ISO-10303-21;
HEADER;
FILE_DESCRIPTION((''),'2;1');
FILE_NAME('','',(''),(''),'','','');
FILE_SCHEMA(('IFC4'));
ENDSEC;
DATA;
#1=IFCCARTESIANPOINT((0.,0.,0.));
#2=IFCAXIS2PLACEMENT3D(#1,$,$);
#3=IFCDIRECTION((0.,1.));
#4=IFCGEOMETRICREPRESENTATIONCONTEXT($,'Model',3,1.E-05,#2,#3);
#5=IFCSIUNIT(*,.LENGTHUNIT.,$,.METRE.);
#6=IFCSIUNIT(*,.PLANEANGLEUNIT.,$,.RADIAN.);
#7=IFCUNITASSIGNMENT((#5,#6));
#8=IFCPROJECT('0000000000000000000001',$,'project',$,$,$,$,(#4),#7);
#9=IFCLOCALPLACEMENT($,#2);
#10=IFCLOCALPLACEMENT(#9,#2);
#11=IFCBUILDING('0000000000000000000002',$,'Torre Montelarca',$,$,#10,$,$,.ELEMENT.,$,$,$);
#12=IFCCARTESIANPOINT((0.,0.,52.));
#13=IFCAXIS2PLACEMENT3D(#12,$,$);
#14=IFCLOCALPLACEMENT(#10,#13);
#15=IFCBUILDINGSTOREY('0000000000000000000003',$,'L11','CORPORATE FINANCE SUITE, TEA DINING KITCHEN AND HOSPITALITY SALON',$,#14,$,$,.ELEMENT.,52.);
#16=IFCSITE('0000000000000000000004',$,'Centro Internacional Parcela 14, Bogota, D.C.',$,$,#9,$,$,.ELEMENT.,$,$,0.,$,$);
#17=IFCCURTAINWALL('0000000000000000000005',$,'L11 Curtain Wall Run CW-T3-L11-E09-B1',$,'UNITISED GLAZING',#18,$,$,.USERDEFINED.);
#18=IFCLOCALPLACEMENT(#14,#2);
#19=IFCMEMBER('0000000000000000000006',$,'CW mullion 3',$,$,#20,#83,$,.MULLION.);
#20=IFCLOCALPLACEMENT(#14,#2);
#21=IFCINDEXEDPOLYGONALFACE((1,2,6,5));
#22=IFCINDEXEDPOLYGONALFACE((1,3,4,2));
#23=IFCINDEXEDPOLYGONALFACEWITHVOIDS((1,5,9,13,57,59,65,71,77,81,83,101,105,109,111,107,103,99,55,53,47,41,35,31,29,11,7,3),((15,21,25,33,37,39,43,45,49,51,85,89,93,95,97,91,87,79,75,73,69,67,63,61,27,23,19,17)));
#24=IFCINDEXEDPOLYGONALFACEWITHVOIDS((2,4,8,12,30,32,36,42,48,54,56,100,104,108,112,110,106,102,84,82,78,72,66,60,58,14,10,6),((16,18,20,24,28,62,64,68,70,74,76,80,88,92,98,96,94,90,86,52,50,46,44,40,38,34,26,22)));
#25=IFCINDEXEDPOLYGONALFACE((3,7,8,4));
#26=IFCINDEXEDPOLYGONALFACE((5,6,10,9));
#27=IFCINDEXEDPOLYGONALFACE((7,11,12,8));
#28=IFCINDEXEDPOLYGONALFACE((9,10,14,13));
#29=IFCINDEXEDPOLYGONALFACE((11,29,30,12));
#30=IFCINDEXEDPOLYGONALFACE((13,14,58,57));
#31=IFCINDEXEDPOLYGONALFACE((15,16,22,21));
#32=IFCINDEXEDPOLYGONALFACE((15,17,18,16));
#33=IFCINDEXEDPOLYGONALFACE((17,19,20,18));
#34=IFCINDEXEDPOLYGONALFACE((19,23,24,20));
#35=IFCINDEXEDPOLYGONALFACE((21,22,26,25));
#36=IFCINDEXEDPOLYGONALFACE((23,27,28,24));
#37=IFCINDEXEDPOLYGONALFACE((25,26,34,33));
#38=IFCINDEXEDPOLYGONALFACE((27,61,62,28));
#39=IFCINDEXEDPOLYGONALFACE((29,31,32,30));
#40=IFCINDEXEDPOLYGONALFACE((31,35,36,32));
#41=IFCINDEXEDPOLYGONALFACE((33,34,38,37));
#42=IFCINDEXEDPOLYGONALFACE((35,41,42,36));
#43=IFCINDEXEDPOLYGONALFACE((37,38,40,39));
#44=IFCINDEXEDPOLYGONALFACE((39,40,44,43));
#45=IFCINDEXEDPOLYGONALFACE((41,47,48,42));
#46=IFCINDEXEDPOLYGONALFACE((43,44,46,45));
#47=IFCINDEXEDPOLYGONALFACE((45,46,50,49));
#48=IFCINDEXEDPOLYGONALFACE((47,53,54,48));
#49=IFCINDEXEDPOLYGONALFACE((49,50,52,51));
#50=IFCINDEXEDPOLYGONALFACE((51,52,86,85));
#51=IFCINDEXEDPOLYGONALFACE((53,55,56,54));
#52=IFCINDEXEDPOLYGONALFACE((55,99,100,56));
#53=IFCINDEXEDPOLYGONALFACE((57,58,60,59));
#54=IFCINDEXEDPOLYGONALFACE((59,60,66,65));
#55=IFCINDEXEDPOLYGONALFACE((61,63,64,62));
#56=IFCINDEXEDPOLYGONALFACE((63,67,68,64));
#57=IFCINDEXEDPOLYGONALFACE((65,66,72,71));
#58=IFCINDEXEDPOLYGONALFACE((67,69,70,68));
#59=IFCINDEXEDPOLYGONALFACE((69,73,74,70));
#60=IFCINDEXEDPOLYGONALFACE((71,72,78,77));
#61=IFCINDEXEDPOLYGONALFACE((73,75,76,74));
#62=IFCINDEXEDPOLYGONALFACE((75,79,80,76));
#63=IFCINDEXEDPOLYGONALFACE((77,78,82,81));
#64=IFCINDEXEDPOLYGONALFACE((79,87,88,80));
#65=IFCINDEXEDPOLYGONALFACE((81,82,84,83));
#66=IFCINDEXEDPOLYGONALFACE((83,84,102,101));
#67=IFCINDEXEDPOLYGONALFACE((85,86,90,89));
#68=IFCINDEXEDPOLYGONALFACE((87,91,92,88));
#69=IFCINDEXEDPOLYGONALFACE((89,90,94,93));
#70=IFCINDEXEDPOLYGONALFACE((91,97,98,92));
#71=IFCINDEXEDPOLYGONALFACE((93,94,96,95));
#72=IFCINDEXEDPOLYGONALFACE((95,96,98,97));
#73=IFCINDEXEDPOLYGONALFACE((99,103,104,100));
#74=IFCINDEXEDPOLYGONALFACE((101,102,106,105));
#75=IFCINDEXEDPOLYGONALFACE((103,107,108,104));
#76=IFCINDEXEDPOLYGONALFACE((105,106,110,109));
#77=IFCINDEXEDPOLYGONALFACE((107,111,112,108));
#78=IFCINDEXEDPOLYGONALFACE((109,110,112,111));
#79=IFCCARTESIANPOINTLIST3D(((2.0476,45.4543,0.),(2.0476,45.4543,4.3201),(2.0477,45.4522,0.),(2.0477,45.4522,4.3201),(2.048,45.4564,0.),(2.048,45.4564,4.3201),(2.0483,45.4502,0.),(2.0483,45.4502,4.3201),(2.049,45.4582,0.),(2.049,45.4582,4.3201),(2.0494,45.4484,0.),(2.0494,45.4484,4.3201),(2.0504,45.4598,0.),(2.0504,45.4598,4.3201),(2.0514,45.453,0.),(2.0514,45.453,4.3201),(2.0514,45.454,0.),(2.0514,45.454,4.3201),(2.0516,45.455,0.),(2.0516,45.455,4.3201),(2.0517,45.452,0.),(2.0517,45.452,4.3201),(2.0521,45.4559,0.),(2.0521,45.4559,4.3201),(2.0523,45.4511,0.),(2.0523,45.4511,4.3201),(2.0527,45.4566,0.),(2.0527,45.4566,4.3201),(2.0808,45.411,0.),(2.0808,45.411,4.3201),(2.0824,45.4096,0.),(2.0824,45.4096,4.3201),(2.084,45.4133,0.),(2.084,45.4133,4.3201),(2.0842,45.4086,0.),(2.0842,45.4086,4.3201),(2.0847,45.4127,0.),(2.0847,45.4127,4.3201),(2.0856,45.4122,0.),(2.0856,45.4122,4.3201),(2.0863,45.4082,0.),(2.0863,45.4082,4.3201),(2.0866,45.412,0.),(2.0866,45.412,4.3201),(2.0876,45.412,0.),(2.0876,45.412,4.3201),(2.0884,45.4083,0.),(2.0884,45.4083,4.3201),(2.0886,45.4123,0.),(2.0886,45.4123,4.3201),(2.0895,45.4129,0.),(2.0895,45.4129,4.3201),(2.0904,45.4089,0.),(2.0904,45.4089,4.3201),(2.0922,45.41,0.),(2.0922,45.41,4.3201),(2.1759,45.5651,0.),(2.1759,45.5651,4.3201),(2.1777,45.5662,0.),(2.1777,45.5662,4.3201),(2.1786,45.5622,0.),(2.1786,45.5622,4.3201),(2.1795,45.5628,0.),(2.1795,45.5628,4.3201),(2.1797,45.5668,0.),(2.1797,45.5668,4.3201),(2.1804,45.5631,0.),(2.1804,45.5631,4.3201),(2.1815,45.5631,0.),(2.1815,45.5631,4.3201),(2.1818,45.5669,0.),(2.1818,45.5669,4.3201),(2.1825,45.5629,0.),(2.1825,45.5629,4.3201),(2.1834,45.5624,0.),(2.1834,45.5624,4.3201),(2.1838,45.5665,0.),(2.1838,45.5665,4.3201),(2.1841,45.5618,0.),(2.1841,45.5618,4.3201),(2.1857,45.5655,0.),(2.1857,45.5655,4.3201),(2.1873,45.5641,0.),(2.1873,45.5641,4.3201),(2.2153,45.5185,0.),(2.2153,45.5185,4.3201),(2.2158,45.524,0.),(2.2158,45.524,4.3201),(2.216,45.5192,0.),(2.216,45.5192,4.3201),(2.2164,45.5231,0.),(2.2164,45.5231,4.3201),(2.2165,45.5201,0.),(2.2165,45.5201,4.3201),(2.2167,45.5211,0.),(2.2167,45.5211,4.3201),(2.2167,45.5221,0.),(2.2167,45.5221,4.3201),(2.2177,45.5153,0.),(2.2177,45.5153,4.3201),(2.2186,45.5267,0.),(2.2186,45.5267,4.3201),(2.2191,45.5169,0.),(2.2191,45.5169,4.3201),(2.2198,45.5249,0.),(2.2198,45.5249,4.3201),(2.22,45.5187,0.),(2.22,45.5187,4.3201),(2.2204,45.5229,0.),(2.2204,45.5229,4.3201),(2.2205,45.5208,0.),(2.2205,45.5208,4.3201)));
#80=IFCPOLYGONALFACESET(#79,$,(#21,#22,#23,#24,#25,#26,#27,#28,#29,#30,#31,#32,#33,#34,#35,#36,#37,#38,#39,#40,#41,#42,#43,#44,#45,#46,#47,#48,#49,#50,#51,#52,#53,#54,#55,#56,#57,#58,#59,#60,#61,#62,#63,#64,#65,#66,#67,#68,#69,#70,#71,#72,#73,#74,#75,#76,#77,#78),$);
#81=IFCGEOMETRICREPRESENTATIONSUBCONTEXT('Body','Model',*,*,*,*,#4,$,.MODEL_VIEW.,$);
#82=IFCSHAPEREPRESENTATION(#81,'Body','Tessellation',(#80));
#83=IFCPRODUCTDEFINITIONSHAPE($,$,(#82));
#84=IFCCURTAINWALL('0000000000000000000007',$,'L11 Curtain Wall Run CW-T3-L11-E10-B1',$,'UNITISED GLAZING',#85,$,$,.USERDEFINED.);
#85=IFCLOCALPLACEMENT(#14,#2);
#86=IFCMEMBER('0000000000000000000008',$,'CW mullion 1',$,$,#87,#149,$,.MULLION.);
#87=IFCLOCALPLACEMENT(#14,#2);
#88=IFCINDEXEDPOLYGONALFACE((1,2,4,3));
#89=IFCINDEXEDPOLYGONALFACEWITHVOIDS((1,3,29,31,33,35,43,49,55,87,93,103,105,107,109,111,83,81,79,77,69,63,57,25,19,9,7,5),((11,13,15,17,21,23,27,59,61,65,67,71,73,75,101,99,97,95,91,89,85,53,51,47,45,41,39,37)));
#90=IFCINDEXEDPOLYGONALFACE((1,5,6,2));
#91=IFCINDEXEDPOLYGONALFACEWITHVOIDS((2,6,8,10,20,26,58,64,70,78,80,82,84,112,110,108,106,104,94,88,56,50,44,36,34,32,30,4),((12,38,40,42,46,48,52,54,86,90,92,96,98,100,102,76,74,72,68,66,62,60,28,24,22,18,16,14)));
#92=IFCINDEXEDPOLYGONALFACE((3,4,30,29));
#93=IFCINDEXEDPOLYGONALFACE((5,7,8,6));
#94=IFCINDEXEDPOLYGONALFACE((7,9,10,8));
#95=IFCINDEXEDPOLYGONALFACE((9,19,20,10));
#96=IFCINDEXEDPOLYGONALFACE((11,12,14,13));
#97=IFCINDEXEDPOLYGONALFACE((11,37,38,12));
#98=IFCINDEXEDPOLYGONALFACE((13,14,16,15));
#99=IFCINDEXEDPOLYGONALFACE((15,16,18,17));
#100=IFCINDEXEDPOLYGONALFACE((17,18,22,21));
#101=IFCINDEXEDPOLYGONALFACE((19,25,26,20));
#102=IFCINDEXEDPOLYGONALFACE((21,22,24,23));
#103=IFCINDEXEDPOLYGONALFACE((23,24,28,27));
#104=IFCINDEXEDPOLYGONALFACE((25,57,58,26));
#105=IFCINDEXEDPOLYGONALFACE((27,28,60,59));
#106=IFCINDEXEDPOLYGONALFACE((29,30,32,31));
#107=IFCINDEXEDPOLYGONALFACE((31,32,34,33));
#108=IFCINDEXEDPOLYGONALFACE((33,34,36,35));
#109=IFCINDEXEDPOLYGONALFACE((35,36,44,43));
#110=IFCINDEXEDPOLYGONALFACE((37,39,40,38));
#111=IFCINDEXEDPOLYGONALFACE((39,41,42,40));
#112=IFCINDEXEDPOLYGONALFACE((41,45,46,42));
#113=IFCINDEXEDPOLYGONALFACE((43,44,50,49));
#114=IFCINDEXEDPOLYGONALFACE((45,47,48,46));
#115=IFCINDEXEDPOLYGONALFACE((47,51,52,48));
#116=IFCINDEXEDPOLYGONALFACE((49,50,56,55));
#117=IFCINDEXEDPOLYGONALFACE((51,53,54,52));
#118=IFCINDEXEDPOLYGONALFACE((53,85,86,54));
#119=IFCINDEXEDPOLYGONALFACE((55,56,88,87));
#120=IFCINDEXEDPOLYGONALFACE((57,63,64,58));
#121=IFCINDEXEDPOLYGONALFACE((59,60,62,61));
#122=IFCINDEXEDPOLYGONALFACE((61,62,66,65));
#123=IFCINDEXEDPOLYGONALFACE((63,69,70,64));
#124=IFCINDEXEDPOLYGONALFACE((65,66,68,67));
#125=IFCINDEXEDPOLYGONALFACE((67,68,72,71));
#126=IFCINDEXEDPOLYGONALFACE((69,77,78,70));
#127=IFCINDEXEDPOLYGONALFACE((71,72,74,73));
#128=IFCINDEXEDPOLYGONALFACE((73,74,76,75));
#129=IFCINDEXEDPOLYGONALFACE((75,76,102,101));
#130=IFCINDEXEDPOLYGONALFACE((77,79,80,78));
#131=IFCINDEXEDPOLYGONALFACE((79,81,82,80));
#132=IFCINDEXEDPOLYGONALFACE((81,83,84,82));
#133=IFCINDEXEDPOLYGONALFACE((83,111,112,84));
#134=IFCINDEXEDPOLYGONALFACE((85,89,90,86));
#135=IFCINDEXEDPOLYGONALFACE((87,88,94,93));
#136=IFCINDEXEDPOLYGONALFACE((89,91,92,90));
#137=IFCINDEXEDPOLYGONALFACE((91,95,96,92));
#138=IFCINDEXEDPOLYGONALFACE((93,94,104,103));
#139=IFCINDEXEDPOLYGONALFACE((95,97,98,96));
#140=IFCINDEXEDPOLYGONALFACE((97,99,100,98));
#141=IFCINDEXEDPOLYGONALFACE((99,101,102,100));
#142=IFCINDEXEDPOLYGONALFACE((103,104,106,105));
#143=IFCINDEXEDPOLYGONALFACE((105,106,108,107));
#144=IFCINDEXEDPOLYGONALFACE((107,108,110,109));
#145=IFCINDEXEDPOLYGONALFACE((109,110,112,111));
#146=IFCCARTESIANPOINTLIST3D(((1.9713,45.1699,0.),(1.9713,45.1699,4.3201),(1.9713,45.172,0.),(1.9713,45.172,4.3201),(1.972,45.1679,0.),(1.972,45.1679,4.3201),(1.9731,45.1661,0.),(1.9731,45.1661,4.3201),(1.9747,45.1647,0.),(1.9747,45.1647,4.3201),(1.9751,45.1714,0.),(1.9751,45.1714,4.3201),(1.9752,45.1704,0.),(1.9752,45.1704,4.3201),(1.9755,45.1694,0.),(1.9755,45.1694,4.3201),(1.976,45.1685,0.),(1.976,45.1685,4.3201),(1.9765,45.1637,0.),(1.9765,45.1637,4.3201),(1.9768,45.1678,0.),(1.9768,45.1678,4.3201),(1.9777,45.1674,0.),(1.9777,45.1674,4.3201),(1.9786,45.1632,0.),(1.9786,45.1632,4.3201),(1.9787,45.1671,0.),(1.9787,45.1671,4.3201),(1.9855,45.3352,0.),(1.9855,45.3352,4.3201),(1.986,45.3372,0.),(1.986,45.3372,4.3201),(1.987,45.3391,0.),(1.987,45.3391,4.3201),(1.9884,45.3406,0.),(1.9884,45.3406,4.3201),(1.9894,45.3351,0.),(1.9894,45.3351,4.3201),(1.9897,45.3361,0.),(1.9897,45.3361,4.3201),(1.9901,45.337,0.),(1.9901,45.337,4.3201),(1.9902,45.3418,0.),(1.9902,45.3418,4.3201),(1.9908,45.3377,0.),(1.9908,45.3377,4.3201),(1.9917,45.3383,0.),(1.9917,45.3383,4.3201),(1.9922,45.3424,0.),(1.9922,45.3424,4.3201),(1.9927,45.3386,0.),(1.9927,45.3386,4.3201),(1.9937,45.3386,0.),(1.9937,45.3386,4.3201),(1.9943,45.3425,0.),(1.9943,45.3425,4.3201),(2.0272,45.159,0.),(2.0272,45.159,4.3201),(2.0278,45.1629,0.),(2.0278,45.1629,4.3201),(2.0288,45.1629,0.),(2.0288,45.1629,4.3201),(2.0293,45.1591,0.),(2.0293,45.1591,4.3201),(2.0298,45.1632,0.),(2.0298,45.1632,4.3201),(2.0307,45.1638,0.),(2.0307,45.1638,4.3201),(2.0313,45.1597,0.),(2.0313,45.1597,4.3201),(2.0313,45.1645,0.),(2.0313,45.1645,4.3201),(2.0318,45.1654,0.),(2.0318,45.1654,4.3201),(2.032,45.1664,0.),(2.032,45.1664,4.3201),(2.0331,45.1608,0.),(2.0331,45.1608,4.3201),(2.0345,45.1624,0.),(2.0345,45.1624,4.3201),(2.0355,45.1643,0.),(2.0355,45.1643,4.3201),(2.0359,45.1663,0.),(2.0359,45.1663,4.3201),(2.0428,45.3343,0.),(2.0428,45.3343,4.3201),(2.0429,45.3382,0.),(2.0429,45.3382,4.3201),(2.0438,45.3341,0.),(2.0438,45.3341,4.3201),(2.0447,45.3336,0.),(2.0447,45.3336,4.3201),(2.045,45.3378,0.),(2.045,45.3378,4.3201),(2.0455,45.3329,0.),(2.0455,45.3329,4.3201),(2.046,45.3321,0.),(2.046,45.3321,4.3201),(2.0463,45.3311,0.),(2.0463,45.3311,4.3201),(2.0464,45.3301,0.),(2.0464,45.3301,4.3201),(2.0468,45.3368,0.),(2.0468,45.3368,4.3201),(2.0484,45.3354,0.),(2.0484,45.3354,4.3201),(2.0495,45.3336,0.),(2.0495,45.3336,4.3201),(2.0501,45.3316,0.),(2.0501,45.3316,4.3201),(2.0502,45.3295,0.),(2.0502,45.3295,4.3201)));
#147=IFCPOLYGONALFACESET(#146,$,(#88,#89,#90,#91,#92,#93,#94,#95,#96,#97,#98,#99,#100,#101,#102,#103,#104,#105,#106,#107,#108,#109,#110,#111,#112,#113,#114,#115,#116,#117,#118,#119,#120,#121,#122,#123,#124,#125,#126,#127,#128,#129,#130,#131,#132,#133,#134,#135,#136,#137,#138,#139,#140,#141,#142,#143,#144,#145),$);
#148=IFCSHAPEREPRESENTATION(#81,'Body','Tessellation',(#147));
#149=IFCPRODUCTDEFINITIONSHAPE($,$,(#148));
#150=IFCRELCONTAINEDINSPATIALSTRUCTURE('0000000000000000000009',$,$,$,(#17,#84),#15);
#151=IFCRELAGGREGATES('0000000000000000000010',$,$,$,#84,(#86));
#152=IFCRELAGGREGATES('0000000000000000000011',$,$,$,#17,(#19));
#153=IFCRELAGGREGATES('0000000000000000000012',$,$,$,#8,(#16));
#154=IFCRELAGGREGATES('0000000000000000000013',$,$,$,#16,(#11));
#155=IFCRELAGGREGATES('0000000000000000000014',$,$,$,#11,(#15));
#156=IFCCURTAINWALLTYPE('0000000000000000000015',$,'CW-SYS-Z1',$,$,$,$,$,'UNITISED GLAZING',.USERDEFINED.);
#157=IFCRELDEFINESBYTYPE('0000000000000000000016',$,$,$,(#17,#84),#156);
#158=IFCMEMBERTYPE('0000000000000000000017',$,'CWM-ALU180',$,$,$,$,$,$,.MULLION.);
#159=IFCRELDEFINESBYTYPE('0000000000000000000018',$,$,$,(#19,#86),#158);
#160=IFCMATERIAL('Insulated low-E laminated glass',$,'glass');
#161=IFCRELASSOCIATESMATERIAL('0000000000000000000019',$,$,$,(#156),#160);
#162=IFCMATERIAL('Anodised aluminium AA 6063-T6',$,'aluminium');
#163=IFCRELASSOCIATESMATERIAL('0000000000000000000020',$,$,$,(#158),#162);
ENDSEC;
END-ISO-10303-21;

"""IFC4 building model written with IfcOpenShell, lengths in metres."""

from ifc_helpers import new_model, si_unit, direction, frame, origin, origin_2d, place, context, subcontext, project, spatial, hollow_rectangle, extrude, source, transform, mapped, material, material_profile, profile_set, type_object, element, aggregate, save


model = new_model("IFC4")

# Units and contexts
model_context = context("Model", 3, precision=1e-05, world=origin(), true_north=direction((0.0, 1.0)))
body_context = subcontext(model_context, "Body", "Model", "MODEL_VIEW")
ifc_project = project(units=[si_unit("LENGTHUNIT", "METRE"), si_unit("PLANEANGLEUNIT", "RADIAN")], contexts=[model_context])

# Site, building, storey
site_placement = place(None, origin())
site = spatial("IfcSite", under=ifc_project, at=site_placement, Name="Centro Internacional Parcela 14, Bogota, D.C.", CompositionType="ELEMENT", RefElevation=0.0)
building_placement = place(site_placement, origin())
building = spatial("IfcBuilding", under=site, at=building_placement, Name="Torre Montelarca", CompositionType="ELEMENT")
storey_placement = place(building_placement, frame((0.0, 0.0, 52.0)))
storey = spatial("IfcBuildingStorey", under=building, at=storey_placement, Name="L11", Description="CORPORATE FINANCE SUITE, TEA DINING KITCHEN AND HOSPITALITY SALON", CompositionType="ELEMENT", Elevation=52.0)

# Shared definitions
ifc_material_1 = material(Name="Insulated low-E laminated glass", Category="glass")
curtain_wall_type = type_object("IfcCurtainWallType", Name="CW-SYS-Z1", ElementType="UNITISED GLAZING", PredefinedType="USERDEFINED", material=ifc_material_1)
ifc_material_2 = material(Name="Anodised aluminium AA 6063-T6", Category="aluminium")
ifc_material_profile_1 = material_profile(ifc_material_2, hollow_rectangle(XDim=0.0649, YDim=0.1799, WallThickness=0.0039, InnerFilletRadius=0.0039, OuterFilletRadius=0.0081, at=origin_2d()), Name="ALU65X180X4", Category="aluminium")
ifc_profile_set_1 = profile_set([ifc_material_profile_1], Name="Anodised aluminium AA 6063-T6")
member_type_1 = type_object("IfcMemberType", Name="CWM-ALU180", PredefinedType="MULLION", material=ifc_profile_set_1)
shared_shape_1 = source(origin(), body_context, "Body", "SweptSolid", [
    extrude(hollow_rectangle(XDim=0.0649, YDim=0.1799, WallThickness=0.0039, InnerFilletRadius=0.0039, OuterFilletRadius=0.0081, at=origin_2d()), origin(), (0.0, 0.0, 1.0), 4.3201),
])

# Curtain wall, member
curtain_wall_1_placement = place(storey_placement, origin())
curtain_wall_1 = element("IfcCurtainWall", 1, at=curtain_wall_1_placement, inside=storey, type_object=curtain_wall_type, Name="L11 Curtain Wall Run CW-T3-L11-E09-B1", ObjectType="UNITISED GLAZING", PredefinedType="USERDEFINED")
member_1_placement = place(storey_placement, frame((2.134, 45.4875, 0.0), z_axis=(0.0, 0.0, 1.0), x_axis=(0.64279, -0.766043, 0.0)))
member_1 = element("IfcMember", 2, at=member_1_placement, type_object=member_type_1, Name="CW mullion 3", PredefinedType="MULLION", context=body_context, shape_type="MappedRepresentation", body=[
    mapped(shared_shape_1, transform((0.0, 0.0, 0.0), scale=1.0)),
])

# Curtain wall, member
curtain_wall_2_placement = place(storey_placement, origin())
curtain_wall_2 = element("IfcCurtainWall", 3, at=curtain_wall_2_placement, inside=storey, type_object=curtain_wall_type, Name="L11 Curtain Wall Run CW-T3-L11-E10-B1", ObjectType="UNITISED GLAZING", PredefinedType="USERDEFINED")
member_2_placement = place(storey_placement, frame((2.0107, 45.2507, 0.0), z_axis=(0.0, 0.0, 1.0), x_axis=(0.996194, -0.087162, 0.0)))
member_2 = element("IfcMember", 4, at=member_2_placement, type_object=member_type_1, Name="CW mullion 1", PredefinedType="MULLION", context=body_context, shape_type="MappedRepresentation", body=[
    mapped(shared_shape_1, transform((0.0, 0.0, 0.0), scale=1.0)),
])

aggregate(curtain_wall_2, [member_2])

aggregate(curtain_wall_1, [member_1])

save(model, "model.ifc")
